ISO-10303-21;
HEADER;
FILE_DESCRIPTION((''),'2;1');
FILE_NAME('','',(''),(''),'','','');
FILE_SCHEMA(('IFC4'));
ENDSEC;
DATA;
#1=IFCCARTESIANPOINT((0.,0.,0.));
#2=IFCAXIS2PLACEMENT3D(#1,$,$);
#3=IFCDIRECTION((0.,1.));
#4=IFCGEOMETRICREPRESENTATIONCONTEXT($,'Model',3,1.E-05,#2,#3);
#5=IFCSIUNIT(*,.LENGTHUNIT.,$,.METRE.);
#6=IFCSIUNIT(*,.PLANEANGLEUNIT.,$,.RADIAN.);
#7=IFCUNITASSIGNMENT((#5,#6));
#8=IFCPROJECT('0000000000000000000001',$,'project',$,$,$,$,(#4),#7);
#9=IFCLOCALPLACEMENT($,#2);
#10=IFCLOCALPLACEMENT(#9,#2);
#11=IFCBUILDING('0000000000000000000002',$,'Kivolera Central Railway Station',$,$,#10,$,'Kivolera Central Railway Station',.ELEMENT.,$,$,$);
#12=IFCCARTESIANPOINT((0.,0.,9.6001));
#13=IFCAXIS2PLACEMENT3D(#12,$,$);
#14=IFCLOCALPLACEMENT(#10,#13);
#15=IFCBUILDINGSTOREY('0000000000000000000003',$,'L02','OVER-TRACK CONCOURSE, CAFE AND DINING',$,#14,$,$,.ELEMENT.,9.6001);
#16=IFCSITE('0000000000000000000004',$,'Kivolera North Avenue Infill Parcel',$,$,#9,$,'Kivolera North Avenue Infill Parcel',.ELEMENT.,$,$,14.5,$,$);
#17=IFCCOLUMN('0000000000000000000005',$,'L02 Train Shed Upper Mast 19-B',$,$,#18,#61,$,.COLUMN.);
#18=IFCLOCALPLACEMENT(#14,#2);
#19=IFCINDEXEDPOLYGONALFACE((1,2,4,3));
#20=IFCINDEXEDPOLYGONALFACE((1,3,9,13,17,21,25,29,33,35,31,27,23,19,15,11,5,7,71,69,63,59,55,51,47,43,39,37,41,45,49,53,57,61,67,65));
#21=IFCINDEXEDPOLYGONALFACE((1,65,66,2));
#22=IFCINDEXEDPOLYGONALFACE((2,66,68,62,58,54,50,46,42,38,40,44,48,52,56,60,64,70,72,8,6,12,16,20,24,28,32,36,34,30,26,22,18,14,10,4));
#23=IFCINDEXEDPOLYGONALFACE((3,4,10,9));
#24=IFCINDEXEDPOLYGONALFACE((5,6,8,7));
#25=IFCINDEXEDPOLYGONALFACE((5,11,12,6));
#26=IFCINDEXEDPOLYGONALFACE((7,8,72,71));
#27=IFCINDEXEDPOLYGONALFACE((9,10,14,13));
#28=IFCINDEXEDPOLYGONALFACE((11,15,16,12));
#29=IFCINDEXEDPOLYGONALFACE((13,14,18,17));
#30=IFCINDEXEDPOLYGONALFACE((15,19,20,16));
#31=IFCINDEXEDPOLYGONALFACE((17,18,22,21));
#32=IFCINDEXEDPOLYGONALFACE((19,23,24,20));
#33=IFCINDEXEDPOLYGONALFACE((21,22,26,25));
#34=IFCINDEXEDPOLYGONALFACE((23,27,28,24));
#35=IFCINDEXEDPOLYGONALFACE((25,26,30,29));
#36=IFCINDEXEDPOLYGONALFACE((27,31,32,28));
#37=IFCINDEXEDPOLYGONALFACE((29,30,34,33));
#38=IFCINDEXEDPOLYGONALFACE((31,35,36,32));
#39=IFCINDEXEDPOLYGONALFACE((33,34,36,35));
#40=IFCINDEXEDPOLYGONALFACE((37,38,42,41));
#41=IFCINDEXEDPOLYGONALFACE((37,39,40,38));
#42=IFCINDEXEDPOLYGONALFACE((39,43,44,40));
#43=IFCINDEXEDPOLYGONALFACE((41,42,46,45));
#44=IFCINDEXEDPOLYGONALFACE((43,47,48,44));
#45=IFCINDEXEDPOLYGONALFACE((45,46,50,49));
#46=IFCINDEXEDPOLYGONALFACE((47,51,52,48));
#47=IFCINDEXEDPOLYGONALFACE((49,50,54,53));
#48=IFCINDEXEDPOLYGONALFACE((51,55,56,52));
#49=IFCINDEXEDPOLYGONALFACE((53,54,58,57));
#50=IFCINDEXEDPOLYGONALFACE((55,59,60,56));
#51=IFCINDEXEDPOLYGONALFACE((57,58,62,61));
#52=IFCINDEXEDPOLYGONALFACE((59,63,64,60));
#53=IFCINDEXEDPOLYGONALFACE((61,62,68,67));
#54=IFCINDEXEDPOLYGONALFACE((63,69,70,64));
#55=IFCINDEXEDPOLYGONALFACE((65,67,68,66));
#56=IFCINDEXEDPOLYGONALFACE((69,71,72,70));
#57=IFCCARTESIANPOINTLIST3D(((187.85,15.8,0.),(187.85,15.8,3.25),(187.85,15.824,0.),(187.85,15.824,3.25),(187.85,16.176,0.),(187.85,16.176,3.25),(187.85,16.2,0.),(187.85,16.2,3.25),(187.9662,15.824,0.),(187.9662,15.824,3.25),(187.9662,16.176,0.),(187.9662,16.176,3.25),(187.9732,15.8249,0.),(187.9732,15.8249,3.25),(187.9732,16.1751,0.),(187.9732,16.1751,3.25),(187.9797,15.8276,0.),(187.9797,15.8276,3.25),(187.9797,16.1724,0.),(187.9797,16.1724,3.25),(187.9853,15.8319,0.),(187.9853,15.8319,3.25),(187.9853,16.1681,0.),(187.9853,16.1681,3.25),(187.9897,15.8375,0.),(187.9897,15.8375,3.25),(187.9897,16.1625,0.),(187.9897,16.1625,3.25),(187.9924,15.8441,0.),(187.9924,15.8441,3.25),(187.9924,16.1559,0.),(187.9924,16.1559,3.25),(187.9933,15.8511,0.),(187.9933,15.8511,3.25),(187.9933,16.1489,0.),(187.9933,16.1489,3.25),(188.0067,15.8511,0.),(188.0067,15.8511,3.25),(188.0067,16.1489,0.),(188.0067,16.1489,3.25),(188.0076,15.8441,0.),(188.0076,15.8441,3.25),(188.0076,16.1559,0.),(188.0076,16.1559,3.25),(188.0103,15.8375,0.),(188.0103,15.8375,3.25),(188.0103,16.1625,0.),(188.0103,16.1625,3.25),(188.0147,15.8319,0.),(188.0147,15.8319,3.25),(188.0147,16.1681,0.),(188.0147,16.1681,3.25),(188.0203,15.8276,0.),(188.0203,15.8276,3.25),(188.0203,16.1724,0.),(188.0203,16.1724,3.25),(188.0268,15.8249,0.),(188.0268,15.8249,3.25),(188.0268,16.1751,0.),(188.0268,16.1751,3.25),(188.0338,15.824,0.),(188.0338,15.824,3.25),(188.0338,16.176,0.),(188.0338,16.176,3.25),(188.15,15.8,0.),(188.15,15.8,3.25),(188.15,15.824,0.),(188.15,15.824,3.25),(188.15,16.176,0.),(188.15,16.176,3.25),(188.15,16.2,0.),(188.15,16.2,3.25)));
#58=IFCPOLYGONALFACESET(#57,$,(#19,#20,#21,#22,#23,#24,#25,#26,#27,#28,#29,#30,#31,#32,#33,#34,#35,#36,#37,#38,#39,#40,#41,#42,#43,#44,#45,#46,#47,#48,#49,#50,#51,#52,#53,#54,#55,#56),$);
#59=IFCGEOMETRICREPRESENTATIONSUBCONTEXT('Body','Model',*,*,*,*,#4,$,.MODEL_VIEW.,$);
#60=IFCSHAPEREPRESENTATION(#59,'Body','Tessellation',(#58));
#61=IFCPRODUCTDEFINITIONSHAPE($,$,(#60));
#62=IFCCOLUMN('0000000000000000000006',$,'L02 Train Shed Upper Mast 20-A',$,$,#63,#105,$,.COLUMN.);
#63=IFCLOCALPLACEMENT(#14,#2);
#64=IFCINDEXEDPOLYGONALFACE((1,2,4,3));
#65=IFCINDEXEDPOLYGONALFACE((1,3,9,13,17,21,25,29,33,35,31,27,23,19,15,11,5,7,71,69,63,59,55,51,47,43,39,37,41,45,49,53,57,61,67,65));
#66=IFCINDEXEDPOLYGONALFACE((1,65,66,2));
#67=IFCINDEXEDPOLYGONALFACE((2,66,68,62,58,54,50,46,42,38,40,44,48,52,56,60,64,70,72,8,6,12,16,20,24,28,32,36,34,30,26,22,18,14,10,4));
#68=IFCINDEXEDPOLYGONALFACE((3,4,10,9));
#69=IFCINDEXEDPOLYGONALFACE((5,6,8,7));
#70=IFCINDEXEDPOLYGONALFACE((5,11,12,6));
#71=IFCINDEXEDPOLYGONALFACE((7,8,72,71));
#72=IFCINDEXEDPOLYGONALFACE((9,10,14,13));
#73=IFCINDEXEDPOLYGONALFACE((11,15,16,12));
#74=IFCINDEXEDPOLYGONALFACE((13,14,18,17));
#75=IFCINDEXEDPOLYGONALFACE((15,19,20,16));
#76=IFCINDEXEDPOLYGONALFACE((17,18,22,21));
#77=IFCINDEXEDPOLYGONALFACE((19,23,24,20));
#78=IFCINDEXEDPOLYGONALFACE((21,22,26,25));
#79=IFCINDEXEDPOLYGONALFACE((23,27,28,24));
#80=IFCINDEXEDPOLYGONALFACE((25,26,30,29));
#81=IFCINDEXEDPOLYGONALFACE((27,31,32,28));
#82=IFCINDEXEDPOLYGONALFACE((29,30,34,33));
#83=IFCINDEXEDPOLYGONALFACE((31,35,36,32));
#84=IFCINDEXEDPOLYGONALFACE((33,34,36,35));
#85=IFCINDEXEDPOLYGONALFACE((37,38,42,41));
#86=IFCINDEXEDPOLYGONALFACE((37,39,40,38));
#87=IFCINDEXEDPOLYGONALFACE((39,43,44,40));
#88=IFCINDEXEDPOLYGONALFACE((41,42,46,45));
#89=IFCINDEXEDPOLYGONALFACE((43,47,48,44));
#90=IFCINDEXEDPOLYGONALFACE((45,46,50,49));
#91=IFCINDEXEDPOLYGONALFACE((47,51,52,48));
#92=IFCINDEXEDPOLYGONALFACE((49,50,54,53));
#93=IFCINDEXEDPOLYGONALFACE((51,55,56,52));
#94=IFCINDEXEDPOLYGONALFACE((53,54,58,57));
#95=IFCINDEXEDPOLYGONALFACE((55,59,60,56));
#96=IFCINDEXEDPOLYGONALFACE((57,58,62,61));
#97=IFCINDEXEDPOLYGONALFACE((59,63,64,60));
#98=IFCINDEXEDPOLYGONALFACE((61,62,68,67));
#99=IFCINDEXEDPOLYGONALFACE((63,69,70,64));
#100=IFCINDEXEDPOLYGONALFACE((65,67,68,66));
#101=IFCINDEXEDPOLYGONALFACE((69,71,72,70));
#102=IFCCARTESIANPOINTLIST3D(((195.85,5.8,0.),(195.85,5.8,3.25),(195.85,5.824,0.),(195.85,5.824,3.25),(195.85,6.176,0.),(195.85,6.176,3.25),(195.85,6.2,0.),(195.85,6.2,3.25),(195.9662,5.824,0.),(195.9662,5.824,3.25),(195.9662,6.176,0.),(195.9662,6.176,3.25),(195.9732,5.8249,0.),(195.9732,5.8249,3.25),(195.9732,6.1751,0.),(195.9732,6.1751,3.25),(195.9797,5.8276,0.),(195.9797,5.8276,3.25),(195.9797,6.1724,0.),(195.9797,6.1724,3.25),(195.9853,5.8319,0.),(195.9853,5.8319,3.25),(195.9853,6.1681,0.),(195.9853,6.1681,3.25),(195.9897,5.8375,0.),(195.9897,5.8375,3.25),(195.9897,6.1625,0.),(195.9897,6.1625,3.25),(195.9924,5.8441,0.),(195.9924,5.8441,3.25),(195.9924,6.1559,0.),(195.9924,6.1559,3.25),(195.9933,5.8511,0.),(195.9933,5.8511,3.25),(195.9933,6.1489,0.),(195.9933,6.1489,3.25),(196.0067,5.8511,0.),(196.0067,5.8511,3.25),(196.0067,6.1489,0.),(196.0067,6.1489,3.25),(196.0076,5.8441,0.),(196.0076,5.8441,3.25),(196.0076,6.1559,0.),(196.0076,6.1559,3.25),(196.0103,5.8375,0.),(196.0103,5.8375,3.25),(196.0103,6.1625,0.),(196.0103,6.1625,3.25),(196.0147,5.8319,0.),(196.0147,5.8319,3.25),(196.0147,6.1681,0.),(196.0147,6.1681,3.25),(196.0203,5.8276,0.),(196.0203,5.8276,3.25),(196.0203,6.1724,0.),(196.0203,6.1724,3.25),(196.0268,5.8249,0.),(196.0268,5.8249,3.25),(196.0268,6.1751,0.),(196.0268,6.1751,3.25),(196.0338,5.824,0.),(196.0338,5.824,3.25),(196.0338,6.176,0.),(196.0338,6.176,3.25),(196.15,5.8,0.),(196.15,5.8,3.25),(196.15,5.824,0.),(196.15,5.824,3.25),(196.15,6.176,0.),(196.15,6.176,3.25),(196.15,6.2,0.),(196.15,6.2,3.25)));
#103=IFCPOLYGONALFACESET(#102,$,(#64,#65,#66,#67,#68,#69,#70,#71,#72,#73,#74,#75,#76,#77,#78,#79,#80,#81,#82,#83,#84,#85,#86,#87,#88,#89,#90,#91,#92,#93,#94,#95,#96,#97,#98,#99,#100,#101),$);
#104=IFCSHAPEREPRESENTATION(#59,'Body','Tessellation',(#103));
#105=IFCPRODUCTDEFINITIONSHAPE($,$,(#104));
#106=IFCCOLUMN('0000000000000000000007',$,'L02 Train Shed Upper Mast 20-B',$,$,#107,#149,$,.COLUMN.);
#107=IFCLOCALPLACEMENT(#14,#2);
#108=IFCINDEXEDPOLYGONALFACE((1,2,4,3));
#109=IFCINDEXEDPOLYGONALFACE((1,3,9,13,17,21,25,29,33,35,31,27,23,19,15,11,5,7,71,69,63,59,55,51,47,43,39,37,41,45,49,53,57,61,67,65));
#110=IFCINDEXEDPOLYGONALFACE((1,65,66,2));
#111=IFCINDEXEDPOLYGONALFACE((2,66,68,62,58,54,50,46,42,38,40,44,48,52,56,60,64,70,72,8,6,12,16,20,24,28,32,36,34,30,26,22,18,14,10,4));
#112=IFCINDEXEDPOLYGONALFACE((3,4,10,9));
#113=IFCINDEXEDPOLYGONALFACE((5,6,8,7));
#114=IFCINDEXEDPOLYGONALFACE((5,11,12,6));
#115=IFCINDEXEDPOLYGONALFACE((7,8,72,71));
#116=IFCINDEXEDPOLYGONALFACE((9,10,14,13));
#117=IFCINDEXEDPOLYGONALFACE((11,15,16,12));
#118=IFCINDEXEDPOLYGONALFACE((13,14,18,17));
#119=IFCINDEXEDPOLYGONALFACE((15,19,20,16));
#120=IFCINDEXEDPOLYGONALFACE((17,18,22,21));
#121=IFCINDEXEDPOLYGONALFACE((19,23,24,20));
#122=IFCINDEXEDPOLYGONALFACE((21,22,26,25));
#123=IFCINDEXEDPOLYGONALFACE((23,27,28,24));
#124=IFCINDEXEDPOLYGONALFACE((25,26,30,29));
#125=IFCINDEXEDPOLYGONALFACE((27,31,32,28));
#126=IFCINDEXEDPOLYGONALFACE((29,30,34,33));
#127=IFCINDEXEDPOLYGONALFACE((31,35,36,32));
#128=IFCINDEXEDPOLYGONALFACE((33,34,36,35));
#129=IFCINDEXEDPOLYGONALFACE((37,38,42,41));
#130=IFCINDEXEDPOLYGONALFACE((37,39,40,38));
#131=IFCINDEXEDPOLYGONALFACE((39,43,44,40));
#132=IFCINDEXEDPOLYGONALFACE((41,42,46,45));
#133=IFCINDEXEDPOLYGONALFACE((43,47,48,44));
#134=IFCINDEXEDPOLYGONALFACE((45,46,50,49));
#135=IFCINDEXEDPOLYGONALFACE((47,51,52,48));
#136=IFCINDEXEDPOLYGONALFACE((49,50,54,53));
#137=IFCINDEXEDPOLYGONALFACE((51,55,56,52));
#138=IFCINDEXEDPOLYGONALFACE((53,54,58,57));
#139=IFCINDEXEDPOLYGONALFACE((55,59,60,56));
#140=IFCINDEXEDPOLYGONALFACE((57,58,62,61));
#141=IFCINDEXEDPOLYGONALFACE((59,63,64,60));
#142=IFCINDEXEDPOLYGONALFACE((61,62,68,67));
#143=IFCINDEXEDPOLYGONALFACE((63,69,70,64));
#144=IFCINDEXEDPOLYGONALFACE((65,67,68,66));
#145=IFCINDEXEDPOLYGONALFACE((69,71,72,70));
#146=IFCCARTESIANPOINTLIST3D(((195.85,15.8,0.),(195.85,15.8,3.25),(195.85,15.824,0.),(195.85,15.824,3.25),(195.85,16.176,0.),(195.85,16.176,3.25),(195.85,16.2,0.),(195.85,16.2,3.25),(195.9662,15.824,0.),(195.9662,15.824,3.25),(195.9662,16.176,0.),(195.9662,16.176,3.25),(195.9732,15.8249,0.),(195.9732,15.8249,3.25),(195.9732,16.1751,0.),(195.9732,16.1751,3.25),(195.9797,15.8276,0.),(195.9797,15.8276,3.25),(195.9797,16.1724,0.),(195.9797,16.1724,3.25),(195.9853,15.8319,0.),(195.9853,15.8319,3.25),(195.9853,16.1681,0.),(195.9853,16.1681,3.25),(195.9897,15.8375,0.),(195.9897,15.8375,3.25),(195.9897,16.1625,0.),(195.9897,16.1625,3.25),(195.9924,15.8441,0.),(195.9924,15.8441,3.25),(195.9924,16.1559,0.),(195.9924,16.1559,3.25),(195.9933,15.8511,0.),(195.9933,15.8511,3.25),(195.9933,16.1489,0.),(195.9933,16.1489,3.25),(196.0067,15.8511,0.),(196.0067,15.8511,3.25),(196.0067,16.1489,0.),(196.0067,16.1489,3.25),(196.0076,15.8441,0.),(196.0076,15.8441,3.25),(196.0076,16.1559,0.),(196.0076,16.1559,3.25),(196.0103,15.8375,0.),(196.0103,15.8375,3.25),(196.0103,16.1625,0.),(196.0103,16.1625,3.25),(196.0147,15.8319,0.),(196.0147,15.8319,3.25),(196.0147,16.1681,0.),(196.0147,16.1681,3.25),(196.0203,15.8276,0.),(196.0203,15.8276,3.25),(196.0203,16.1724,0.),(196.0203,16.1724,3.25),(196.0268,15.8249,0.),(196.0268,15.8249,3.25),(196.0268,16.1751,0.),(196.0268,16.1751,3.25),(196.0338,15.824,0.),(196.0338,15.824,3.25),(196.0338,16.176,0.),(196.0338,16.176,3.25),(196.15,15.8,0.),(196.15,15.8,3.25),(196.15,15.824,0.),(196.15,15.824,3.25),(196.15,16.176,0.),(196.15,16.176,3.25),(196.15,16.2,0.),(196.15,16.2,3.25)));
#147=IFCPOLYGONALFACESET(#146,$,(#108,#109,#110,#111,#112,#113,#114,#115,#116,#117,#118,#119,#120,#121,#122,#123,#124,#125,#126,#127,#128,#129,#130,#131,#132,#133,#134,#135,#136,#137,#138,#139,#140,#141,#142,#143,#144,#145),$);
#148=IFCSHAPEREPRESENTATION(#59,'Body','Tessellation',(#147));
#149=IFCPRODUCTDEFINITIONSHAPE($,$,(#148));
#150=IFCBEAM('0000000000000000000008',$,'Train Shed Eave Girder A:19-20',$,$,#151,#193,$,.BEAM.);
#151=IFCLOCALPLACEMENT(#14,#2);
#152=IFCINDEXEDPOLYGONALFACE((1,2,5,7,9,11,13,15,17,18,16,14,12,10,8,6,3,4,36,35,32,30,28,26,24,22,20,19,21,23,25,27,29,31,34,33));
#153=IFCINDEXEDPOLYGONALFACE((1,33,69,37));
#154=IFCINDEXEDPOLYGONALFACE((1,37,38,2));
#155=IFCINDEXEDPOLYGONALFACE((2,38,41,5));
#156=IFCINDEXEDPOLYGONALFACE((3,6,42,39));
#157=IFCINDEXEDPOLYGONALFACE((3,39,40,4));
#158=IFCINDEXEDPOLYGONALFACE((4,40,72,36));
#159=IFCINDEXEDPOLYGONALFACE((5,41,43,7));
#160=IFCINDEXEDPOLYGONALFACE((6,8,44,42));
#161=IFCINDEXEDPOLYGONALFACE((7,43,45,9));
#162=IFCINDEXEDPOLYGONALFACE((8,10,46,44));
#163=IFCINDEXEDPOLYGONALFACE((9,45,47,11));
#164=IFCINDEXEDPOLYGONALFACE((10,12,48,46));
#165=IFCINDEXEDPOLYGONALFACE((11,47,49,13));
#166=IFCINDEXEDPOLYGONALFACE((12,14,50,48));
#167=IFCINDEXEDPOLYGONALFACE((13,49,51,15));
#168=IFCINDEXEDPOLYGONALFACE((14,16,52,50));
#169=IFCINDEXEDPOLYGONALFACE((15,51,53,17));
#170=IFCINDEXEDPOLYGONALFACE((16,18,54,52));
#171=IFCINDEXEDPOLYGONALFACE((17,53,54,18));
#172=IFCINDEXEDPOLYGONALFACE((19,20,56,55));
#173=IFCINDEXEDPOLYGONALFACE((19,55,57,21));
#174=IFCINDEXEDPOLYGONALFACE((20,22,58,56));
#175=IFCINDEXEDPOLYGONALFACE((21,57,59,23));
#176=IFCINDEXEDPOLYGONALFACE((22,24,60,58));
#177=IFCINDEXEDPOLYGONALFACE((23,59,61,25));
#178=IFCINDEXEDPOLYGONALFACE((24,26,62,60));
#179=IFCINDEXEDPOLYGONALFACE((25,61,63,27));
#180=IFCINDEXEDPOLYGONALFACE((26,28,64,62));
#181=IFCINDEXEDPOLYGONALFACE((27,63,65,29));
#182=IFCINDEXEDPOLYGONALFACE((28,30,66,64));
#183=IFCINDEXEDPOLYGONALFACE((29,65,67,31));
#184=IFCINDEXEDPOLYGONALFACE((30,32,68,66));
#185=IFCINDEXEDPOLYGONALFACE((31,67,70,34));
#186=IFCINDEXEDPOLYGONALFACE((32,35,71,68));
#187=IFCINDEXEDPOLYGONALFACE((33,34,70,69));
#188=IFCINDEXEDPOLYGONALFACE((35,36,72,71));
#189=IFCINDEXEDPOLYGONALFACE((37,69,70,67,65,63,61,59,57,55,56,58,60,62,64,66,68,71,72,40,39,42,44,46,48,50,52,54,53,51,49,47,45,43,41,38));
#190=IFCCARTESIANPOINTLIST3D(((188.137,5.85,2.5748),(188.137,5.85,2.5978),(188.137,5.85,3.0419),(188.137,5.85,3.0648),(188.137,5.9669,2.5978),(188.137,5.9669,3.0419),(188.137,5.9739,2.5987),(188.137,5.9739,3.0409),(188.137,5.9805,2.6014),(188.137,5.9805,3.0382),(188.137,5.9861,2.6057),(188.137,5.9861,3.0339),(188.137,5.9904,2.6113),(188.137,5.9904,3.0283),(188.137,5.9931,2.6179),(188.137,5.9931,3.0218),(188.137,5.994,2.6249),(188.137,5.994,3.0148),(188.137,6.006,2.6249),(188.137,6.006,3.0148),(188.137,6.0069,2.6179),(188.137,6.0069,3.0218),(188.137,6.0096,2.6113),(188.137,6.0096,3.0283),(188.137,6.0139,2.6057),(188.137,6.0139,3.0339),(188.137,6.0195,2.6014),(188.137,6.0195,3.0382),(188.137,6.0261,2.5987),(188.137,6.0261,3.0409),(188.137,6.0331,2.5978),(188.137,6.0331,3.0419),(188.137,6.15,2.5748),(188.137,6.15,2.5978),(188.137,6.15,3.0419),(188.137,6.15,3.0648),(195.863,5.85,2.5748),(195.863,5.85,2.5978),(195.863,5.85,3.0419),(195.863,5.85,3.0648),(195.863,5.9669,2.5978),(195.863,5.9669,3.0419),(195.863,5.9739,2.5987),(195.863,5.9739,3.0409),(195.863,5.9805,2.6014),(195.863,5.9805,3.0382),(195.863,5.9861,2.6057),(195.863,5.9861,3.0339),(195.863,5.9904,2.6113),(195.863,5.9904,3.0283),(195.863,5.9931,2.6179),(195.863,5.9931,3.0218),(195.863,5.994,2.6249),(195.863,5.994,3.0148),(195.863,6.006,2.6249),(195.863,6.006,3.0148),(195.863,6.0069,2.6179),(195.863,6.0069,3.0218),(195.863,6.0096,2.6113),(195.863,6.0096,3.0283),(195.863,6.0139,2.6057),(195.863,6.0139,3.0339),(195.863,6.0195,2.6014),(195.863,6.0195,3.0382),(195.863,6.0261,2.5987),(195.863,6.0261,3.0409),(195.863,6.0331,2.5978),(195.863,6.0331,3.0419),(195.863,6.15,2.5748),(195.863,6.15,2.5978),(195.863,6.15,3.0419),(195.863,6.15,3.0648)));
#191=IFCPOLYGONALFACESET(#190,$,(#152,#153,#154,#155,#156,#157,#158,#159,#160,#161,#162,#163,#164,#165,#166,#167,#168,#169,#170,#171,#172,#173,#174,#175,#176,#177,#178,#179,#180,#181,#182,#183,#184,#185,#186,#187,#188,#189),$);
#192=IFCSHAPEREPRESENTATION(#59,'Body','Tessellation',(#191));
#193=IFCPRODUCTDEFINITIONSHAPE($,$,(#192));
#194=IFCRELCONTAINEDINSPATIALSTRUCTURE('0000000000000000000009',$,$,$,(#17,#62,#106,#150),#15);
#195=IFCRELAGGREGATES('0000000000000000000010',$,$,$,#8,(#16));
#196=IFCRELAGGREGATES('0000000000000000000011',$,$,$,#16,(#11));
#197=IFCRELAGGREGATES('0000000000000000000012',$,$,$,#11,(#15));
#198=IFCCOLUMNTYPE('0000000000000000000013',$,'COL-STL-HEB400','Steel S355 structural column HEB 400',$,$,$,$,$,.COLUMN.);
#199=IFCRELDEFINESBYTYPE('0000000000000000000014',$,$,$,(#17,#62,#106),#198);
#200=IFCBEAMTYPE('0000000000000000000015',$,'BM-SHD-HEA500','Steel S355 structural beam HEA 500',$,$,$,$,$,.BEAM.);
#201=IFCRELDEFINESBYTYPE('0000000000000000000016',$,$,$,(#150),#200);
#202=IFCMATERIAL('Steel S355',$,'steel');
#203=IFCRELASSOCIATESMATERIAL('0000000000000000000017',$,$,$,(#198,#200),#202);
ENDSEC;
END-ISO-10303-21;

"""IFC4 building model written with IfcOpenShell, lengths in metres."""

from ifc_helpers import new_model, si_unit, direction, frame, origin, origin_2d, place, context, subcontext, project, spatial, i_section, extrude, material, material_profile, profile_set, type_object, element, save


model = new_model("IFC4")

# Units and contexts
model_context = context("Model", 3, precision=1e-05, world=origin(), true_north=direction((0.0, 1.0)))
body_context = subcontext(model_context, "Body", "Model", "MODEL_VIEW")
ifc_project = project(units=[si_unit("LENGTHUNIT", "METRE"), si_unit("PLANEANGLEUNIT", "RADIAN")], contexts=[model_context])

# Site, building, storey
site_placement = place(None, origin())
site = spatial("IfcSite", under=ifc_project, at=site_placement, Name="Kivolera North Avenue Infill Parcel", LongName="Kivolera North Avenue Infill Parcel", CompositionType="ELEMENT", RefElevation=14.5)
building_placement = place(site_placement, origin())
building = spatial("IfcBuilding", under=site, at=building_placement, Name="Kivolera Central Railway Station", LongName="Kivolera Central Railway Station", CompositionType="ELEMENT")
storey_placement = place(building_placement, frame((0.0, 0.0, 9.6001)))
storey = spatial("IfcBuildingStorey", under=building, at=storey_placement, Name="L02", Description="OVER-TRACK CONCOURSE, CAFE AND DINING", CompositionType="ELEMENT", Elevation=9.6001)

# Columns
ifc_material_1 = material(Name="Steel S355", Category="steel")
ifc_material_profile_1 = material_profile(ifc_material_1, i_section(OverallWidth=0.3, OverallDepth=0.3999, WebThickness=0.0134, FlangeThickness=0.0239, FilletRadius=0.0271, at=origin_2d()), Name="HEB 400")
ifc_profile_set_1 = profile_set([ifc_material_profile_1], Name="Steel S355")
column_type = type_object("IfcColumnType", Name="COL-STL-HEB400", Description="Steel S355 structural column HEB 400", PredefinedType="COLUMN", material=ifc_profile_set_1)
for number, where, z_axis, x_axis, name in (
    (1, (188.0, 16.0, 0.0), (0.0, 0.0, 1.0), (1.0, 0.0, 0.0), "L02 Train Shed Upper Mast 19-B"),
    (2, (196.0, 6.0, 0.0), (0.0, 0.0, 1.0), (1.0, 0.0, 0.0), "L02 Train Shed Upper Mast 20-A"),
    (3, (196.0, 16.0, 0.0), (0.0, 0.0, 1.0), (1.0, 0.0, 0.0), "L02 Train Shed Upper Mast 20-B"),
):
    element("IfcColumn", number, at=place(storey_placement, frame(where, z_axis=z_axis, x_axis=x_axis)), inside=storey, type_object=column_type, Name=name, PredefinedType="COLUMN", context=body_context, shape_type="SweptSolid", body=[
        extrude(i_section(OverallWidth=0.3, OverallDepth=0.3999, WebThickness=0.0134, FlangeThickness=0.0239, FilletRadius=0.0271, at=origin_2d()), origin(), (0.0, 0.0, 1.0), 3.25),
    ])

# Beam
ifc_material_profile_2 = material_profile(ifc_material_1, i_section(OverallWidth=0.3, OverallDepth=0.49, WebThickness=0.012, FlangeThickness=0.0229, FilletRadius=0.0271, at=origin_2d()), Name="HEA 500")
ifc_profile_set_2 = profile_set([ifc_material_profile_2], Name="Steel S355")
beam_type_1 = type_object("IfcBeamType", Name="BM-SHD-HEA500", Description="Steel S355 structural beam HEA 500", PredefinedType="BEAM", material=ifc_profile_set_2)
for number, where, z_axis, x_axis, name in (
    (4, (188.137, 6.0, 2.8198), (1.0, 0.0, 0.0), (0.0, 1.0, 0.0), "Train Shed Eave Girder A:19-20"),
):
    element("IfcBeam", number, at=place(storey_placement, frame(where, z_axis=z_axis, x_axis=x_axis)), inside=storey, type_object=beam_type_1, Name=name, PredefinedType="BEAM", context=body_context, shape_type="SweptSolid", body=[
        extrude(i_section(OverallWidth=0.3, OverallDepth=0.49, WebThickness=0.012, FlangeThickness=0.0229, FilletRadius=0.0271, at=origin_2d()), origin(), (0.0, 0.0, 1.0), 7.7261),
    ])

save(model, "model.ifc")
